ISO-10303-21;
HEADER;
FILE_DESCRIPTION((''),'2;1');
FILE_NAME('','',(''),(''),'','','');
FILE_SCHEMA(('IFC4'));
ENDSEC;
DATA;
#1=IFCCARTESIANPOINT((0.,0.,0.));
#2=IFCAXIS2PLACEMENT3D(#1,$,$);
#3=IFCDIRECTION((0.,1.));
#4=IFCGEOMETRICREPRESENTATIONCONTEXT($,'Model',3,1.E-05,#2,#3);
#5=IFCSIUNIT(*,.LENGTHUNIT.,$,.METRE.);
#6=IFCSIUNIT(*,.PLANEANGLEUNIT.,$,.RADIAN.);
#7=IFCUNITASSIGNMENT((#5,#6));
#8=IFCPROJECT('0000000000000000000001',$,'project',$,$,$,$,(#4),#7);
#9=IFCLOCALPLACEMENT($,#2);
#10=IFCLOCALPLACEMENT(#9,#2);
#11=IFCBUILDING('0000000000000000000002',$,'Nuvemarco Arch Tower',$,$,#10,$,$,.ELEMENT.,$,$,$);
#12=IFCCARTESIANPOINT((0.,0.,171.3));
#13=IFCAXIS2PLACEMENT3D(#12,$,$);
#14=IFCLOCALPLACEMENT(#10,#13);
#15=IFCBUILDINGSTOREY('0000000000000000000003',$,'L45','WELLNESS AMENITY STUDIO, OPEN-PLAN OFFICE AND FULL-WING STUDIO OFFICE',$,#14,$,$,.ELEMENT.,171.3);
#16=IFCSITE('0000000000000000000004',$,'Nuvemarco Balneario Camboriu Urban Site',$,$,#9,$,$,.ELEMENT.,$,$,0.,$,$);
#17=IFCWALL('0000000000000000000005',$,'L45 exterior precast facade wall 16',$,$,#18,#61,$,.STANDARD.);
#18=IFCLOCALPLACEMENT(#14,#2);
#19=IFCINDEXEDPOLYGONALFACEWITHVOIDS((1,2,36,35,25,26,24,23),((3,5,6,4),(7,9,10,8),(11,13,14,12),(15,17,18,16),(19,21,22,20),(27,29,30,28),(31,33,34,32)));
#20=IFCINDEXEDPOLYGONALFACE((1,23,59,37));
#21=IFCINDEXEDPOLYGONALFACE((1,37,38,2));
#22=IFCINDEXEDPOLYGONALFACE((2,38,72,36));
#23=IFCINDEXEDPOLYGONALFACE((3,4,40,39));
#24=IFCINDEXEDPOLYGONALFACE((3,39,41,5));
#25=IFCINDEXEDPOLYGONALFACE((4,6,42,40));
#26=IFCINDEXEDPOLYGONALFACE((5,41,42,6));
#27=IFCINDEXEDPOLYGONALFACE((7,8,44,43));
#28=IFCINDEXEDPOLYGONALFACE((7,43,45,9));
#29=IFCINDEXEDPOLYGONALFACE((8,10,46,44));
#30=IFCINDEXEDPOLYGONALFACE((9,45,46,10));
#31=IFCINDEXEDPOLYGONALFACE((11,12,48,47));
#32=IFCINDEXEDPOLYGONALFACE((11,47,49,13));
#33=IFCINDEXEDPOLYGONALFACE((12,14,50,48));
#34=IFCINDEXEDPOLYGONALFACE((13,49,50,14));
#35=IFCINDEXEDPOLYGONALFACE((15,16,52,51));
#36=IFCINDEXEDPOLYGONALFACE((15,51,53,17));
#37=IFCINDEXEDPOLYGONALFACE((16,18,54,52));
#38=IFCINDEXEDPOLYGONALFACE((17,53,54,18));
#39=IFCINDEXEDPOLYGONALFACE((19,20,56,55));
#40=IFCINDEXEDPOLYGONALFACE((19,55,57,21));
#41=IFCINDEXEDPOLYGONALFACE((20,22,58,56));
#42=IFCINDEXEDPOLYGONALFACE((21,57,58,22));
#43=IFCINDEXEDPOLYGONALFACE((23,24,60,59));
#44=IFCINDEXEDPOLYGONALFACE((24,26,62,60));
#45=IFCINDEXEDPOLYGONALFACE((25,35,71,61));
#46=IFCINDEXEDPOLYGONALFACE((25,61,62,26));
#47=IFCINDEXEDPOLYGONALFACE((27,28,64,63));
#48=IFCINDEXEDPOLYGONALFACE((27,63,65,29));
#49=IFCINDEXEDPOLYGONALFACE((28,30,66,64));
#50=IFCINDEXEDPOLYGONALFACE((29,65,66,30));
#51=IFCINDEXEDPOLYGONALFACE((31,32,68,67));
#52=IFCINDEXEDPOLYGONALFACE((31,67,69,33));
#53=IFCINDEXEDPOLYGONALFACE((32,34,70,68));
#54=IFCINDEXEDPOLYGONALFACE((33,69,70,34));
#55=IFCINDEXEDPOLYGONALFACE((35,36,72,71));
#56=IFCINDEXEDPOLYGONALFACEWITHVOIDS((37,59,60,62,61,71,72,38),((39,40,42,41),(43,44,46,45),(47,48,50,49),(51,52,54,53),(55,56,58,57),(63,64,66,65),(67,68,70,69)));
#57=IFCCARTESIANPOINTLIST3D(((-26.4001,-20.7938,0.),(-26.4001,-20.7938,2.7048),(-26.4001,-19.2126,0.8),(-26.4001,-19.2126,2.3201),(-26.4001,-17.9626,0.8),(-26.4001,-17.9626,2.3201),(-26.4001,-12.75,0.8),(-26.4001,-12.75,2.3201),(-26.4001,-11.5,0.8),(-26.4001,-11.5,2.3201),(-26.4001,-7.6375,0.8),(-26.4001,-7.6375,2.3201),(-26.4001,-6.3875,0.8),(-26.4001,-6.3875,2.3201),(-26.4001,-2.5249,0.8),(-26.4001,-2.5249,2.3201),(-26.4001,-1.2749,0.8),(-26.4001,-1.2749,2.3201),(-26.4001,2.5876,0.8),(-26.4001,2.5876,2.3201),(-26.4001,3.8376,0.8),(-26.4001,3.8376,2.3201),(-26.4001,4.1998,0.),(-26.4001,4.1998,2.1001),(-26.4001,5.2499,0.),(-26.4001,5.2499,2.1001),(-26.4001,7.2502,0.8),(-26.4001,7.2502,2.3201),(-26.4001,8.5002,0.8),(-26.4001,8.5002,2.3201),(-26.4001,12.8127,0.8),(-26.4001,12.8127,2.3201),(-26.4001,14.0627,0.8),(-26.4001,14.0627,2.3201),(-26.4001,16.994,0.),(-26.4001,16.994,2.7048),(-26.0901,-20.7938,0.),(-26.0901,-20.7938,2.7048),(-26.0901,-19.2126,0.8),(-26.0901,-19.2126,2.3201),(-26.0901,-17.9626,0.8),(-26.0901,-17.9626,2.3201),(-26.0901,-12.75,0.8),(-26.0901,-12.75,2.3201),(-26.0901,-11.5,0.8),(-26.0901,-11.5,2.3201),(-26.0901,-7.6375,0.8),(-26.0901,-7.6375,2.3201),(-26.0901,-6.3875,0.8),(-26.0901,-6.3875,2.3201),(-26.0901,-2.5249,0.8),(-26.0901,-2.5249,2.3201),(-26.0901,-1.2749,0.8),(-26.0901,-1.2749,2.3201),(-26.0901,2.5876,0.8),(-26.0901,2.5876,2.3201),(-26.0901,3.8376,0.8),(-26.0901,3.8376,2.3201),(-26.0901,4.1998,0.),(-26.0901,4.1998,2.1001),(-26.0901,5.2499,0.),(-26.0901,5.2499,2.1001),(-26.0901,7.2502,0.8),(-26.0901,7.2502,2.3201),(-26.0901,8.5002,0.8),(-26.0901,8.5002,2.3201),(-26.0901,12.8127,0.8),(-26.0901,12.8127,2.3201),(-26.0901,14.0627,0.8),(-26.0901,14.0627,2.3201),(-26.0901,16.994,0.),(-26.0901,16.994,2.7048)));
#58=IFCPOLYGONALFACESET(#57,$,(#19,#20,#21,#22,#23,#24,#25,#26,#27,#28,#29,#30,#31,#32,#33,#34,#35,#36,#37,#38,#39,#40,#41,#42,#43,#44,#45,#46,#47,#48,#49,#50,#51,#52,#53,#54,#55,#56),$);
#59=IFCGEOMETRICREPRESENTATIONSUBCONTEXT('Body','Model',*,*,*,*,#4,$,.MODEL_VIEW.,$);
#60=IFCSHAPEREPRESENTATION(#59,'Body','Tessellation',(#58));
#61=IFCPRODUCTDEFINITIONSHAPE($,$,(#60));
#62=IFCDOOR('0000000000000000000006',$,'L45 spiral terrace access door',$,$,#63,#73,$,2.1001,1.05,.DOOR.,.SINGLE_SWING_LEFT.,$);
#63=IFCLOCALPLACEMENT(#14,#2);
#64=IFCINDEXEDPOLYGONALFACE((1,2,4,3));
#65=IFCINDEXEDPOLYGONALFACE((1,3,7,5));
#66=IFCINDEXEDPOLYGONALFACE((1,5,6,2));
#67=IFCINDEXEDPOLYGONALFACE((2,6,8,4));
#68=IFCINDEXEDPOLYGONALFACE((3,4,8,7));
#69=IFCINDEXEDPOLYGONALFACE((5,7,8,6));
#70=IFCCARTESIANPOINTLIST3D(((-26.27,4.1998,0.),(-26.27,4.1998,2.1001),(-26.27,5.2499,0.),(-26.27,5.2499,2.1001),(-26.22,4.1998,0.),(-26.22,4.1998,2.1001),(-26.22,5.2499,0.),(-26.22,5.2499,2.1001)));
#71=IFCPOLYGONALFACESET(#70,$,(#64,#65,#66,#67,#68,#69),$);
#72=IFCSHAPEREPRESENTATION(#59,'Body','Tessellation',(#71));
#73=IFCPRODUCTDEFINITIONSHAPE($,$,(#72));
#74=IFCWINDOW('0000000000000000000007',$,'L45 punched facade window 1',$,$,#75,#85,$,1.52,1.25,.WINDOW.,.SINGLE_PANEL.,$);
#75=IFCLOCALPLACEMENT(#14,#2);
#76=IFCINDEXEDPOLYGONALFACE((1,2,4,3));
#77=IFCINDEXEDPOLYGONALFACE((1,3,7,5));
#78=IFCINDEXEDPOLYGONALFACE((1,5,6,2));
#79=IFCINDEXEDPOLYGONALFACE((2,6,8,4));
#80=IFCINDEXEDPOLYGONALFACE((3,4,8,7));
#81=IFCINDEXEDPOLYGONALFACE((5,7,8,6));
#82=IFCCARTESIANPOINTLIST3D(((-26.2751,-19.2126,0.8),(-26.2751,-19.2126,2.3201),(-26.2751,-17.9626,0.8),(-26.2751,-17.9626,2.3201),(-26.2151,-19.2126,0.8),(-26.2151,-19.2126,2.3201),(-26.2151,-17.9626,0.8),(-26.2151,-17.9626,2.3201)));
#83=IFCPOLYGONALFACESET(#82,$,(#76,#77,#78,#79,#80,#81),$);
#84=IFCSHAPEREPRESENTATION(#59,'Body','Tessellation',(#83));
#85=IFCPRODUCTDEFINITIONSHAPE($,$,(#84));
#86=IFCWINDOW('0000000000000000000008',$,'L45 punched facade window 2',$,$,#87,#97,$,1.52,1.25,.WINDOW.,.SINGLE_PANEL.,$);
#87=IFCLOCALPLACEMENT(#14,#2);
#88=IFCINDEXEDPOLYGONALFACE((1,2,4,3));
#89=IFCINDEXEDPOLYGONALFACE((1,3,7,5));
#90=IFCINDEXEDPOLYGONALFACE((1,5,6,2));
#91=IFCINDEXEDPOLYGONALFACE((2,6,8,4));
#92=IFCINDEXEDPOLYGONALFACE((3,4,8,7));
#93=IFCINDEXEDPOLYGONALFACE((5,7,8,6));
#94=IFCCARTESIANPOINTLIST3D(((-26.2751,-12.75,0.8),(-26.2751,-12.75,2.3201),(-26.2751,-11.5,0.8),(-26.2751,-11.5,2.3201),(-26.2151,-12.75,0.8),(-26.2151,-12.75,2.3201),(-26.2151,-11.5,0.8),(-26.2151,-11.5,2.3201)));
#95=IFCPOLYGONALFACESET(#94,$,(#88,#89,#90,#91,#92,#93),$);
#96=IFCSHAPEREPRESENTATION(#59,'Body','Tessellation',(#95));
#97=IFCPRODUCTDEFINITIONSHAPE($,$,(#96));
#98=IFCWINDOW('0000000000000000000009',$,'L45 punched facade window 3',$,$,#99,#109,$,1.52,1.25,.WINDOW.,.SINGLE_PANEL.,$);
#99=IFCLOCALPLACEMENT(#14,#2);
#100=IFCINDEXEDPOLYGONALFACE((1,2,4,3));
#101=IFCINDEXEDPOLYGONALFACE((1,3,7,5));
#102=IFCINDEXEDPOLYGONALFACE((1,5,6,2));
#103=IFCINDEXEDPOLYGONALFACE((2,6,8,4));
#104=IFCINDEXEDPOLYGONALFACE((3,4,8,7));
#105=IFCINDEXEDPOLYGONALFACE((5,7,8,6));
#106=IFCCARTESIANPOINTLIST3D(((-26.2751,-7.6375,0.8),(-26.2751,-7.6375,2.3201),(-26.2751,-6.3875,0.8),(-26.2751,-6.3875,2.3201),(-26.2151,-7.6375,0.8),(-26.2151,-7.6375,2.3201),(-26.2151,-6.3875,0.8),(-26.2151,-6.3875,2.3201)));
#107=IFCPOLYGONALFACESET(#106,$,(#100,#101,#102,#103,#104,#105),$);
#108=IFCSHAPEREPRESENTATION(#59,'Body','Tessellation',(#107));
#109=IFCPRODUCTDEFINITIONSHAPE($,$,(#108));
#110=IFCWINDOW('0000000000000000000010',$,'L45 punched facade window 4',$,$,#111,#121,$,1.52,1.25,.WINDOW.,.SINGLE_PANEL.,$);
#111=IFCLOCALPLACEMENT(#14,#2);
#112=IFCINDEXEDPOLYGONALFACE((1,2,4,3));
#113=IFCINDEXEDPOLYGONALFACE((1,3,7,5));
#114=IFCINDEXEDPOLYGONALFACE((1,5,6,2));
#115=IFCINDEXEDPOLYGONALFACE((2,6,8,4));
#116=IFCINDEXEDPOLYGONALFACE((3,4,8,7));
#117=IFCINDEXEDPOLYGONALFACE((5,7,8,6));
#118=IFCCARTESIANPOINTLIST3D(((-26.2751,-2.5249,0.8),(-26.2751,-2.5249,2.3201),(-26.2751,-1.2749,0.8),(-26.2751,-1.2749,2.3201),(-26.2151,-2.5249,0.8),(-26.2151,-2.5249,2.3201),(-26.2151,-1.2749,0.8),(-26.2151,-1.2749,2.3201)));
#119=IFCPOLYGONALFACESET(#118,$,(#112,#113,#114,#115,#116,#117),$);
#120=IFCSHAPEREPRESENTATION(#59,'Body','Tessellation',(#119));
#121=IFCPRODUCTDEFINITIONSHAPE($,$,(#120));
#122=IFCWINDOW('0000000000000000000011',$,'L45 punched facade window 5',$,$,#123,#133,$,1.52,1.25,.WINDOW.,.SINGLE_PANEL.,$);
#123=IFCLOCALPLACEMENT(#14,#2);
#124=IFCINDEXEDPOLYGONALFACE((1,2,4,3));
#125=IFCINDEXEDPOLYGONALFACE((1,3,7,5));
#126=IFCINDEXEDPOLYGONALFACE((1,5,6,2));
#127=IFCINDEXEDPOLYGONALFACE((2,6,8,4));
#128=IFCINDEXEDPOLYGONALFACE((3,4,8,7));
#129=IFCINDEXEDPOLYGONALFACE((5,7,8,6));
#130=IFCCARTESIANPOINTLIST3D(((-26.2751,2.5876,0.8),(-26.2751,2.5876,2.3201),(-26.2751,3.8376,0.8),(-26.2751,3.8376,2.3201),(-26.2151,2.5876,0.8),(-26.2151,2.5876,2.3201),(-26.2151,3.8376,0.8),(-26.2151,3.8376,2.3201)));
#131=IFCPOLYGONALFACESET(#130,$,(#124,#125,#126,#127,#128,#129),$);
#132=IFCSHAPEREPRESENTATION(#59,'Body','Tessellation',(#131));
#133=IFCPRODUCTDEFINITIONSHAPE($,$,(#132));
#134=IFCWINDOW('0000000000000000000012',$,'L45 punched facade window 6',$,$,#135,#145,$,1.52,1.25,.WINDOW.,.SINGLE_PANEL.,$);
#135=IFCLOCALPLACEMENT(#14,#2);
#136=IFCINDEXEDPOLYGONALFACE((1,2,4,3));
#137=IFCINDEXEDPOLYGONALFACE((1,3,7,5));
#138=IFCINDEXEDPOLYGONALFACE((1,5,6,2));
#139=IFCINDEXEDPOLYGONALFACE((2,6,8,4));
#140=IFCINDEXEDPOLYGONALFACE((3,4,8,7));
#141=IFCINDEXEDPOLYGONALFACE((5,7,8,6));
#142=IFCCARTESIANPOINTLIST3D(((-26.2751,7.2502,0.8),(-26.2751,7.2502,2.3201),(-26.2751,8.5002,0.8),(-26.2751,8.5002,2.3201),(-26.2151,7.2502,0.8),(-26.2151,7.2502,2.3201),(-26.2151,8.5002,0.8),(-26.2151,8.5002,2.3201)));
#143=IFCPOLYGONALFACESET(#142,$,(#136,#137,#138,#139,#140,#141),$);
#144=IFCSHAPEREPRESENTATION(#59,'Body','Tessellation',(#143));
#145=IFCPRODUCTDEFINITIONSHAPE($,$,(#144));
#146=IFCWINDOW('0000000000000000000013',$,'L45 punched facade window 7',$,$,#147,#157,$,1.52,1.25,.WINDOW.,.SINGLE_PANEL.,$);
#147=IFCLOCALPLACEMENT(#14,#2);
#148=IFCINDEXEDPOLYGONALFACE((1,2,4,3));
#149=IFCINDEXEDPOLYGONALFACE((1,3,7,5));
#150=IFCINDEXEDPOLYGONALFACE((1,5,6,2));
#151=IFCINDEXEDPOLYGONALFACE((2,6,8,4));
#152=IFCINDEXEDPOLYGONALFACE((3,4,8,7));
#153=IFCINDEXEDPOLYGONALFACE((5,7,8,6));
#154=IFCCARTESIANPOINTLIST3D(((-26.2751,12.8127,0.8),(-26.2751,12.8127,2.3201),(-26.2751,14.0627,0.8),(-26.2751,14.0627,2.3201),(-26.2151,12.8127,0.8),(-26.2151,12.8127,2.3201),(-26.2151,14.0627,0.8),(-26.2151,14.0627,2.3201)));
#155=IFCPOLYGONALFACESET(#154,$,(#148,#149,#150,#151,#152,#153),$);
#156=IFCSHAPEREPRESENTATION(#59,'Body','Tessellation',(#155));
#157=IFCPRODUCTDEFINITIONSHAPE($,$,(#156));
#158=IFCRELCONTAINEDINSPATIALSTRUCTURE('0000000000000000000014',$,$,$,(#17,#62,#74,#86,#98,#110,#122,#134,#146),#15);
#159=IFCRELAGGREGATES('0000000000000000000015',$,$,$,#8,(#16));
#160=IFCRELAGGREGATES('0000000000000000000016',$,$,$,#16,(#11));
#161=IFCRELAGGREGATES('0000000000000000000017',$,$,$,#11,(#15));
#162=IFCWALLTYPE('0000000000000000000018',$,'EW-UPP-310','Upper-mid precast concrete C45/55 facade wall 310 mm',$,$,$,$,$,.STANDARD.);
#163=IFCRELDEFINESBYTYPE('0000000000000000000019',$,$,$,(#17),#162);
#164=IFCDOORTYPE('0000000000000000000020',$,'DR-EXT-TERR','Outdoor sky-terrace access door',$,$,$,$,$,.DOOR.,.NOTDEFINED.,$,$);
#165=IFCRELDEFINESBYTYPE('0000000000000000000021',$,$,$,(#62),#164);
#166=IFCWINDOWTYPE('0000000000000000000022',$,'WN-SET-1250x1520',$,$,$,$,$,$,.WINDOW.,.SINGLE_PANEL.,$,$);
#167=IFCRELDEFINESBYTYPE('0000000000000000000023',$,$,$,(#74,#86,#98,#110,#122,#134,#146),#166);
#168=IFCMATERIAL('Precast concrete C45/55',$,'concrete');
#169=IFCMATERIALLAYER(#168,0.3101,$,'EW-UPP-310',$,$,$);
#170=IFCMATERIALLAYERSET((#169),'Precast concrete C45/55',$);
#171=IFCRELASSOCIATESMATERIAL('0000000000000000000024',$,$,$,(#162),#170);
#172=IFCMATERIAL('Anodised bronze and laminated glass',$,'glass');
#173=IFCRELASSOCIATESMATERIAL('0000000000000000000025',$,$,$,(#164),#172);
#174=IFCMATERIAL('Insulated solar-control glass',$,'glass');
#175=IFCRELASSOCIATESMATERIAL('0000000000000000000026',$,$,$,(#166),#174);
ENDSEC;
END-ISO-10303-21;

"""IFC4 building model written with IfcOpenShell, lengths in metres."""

from ifc_helpers import new_model, si_unit, direction, frame, frame_2d, origin, place, context, subcontext, project, spatial, rectangle, extrude, source, transform, mapped, material, layer, layer_set, type_object, type_shapes, element, fill, save


model = new_model("IFC4")

# Units and contexts
model_context = context("Model", 3, precision=1e-05, world=origin(), true_north=direction((0.0, 1.0)))
body_context = subcontext(model_context, "Body", "Model", "MODEL_VIEW")
ifc_project = project(units=[si_unit("LENGTHUNIT", "METRE"), si_unit("PLANEANGLEUNIT", "RADIAN")], contexts=[model_context])

# Site, building, storey
site_placement = place(None, origin())
site = spatial("IfcSite", under=ifc_project, at=site_placement, Name="Nuvemarco Balneario Camboriu Urban Site", CompositionType="ELEMENT", RefElevation=0.0)
building_placement = place(site_placement, origin())
building = spatial("IfcBuilding", under=site, at=building_placement, Name="Nuvemarco Arch Tower", CompositionType="ELEMENT")
storey_placement = place(building_placement, frame((0.0, 0.0, 171.3)))
storey = spatial("IfcBuildingStorey", under=building, at=storey_placement, Name="L45", Description="WELLNESS AMENITY STUDIO, OPEN-PLAN OFFICE AND FULL-WING STUDIO OFFICE", CompositionType="ELEMENT", Elevation=171.3)

# Shared definitions
ifc_material_1 = material(Name="Precast concrete C45/55", Category="concrete")
ifc_layer = layer(ifc_material_1, 0.3101, Name="EW-UPP-310")
ifc_layer_set = layer_set([ifc_layer], Name="Precast concrete C45/55")
wall_type = type_object("IfcWallType", Name="EW-UPP-310", Description="Upper-mid precast concrete C45/55 facade wall 310 mm", PredefinedType="STANDARD", material=ifc_layer_set)
ifc_material_2 = material(Name="Insulated solar-control glass", Category="glass")

# Wall, openings, door, windows
wall_1_placement = place(storey_placement, frame((-26.2451, -20.7939, 0.0), z_axis=(0.0, 0.0, 1.0), x_axis=(0.0, 1.0, 0.0)))
wall_1 = element("IfcWall", 1, at=wall_1_placement, inside=storey, type_object=wall_type, Name="L45 exterior precast facade wall 16", PredefinedType="STANDARD", context=body_context, shape_type="SweptSolid", body=[
    extrude(rectangle(XDim=37.7878, YDim=0.3101, at=frame_2d((18.894, 0.0))), origin(), (0.0, 0.0, 1.0), 2.7048),
])
opening_1_placement = place(wall_1_placement, frame((24.9939, 0.0, 0.0)))
opening_1 = element("IfcOpeningElement", 2, at=opening_1_placement, cuts=wall_1, PredefinedType="OPENING", context=body_context, shape_type="SweptSolid", body=[
    extrude(rectangle(XDim=1.05, YDim=2.1001, at=frame_2d((0.5249, 1.05))), frame((0.0, 0.165, 0.0), z_axis=(0.0, -1.0, 0.0), x_axis=(1.0, 0.0, 0.0)), (0.0, 0.0, 1.0), 0.3301),
])
opening_2_placement = place(wall_1_placement, frame((1.5813, 0.0, 0.8)))
opening_2 = element("IfcOpeningElement", 3, at=opening_2_placement, cuts=wall_1, PredefinedType="OPENING", context=body_context, shape_type="SweptSolid", body=[
    extrude(rectangle(XDim=1.25, YDim=1.52, at=frame_2d((0.625, 0.76))), frame((0.0, 0.165, 0.0), z_axis=(0.0, -1.0, 0.0), x_axis=(1.0, 0.0, 0.0)), (0.0, 0.0, 1.0), 0.3301),
])
opening_3_placement = place(wall_1_placement, frame((8.0439, 0.0, 0.8)))
opening_3 = element("IfcOpeningElement", 4, at=opening_3_placement, cuts=wall_1, PredefinedType="OPENING", context=body_context, shape_type="SweptSolid", body=[
    extrude(rectangle(XDim=1.25, YDim=1.52, at=frame_2d((0.625, 0.76))), frame((0.0, 0.165, 0.0), z_axis=(0.0, -1.0, 0.0), x_axis=(1.0, 0.0, 0.0)), (0.0, 0.0, 1.0), 0.3301),
])
opening_4_placement = place(wall_1_placement, frame((13.1565, 0.0, 0.8)))
opening_4 = element("IfcOpeningElement", 5, at=opening_4_placement, cuts=wall_1, PredefinedType="OPENING", context=body_context, shape_type="SweptSolid", body=[
    extrude(rectangle(XDim=1.25, YDim=1.52, at=frame_2d((0.625, 0.76))), frame((0.0, 0.165, 0.0), z_axis=(0.0, -1.0, 0.0), x_axis=(1.0, 0.0, 0.0)), (0.0, 0.0, 1.0), 0.3301),
])
opening_5_placement = place(wall_1_placement, frame((18.269, 0.0, 0.8)))
opening_5 = element("IfcOpeningElement", 6, at=opening_5_placement, cuts=wall_1, PredefinedType="OPENING", context=body_context, shape_type="SweptSolid", body=[
    extrude(rectangle(XDim=1.25, YDim=1.52, at=frame_2d((0.625, 0.76))), frame((0.0, 0.165, 0.0), z_axis=(0.0, -1.0, 0.0), x_axis=(1.0, 0.0, 0.0)), (0.0, 0.0, 1.0), 0.3301),
])
opening_6_placement = place(wall_1_placement, frame((23.3816, 0.0, 0.8)))
opening_6 = element("IfcOpeningElement", 7, at=opening_6_placement, cuts=wall_1, PredefinedType="OPENING", context=body_context, shape_type="SweptSolid", body=[
    extrude(rectangle(XDim=1.25, YDim=1.52, at=frame_2d((0.625, 0.76))), frame((0.0, 0.165, 0.0), z_axis=(0.0, -1.0, 0.0), x_axis=(1.0, 0.0, 0.0)), (0.0, 0.0, 1.0), 0.3301),
])
opening_7_placement = place(wall_1_placement, frame((28.0442, 0.0, 0.8)))
opening_7 = element("IfcOpeningElement", 8, at=opening_7_placement, cuts=wall_1, PredefinedType="OPENING", context=body_context, shape_type="SweptSolid", body=[
    extrude(rectangle(XDim=1.25, YDim=1.52, at=frame_2d((0.625, 0.76))), frame((0.0, 0.165, 0.0), z_axis=(0.0, -1.0, 0.0), x_axis=(1.0, 0.0, 0.0)), (0.0, 0.0, 1.0), 0.3301),
])
opening_8_placement = place(wall_1_placement, frame((33.6067, 0.0, 0.8)))
opening_8 = element("IfcOpeningElement", 9, at=opening_8_placement, cuts=wall_1, PredefinedType="OPENING", context=body_context, shape_type="SweptSolid", body=[
    extrude(rectangle(XDim=1.25, YDim=1.52, at=frame_2d((0.625, 0.76))), frame((0.0, 0.165, 0.0), z_axis=(0.0, -1.0, 0.0), x_axis=(1.0, 0.0, 0.0)), (0.0, 0.0, 1.0), 0.3301),
])
ifc_material_3 = material(Name="Anodised bronze and laminated glass", Category="glass")
door_type = type_object("IfcDoorType", Name="DR-EXT-TERR", Description="Outdoor sky-terrace access door", OperationType="NOTDEFINED", PredefinedType="DOOR", material=ifc_material_3)
shared_shape_1 = source(origin(), body_context, "Body", "SweptSolid", [
    extrude(rectangle(XDim=1.05, YDim=2.1001, at=frame_2d((0.5249, 1.05))), frame((0.0, 0.0249, 0.0), z_axis=(0.0, -1.0, 0.0), x_axis=(1.0, 0.0, 0.0)), (0.0, 0.0, 1.0), 0.05),
])
type_shapes(door_type, [shared_shape_1])
door_placement = place(opening_1_placement, origin())
door = element("IfcDoor", 10, at=door_placement, inside=storey, type_object=door_type, Name="L45 spiral terrace access door", OperationType="SINGLE_SWING_LEFT", OverallHeight=2.1001, OverallWidth=1.05, PredefinedType="DOOR", context=body_context, shape_type="MappedRepresentation", body=[
    mapped(shared_shape_1, transform((0.0, 0.0, 0.0), scale=1.0)),
])
fill(opening_1, door)
window_type_1 = type_object("IfcWindowType", Name="WN-SET-1250x1520", PartitioningType="SINGLE_PANEL", PredefinedType="WINDOW", material=ifc_material_2)
shared_shape_2 = source(origin(), body_context, "Body", "SweptSolid", [
    extrude(rectangle(XDim=1.25, YDim=1.52, at=frame_2d((0.625, 0.76))), frame((0.0, 0.03, 0.0), z_axis=(0.0, -1.0, 0.0), x_axis=(1.0, 0.0, 0.0)), (0.0, 0.0, 1.0), 0.0601),
])
type_shapes(window_type_1, [shared_shape_2])
window_1_placement = place(opening_2_placement, origin())
window_1 = element("IfcWindow", 11, at=window_1_placement, inside=storey, type_object=window_type_1, Name="L45 punched facade window 1", OverallHeight=1.52, OverallWidth=1.25, PartitioningType="SINGLE_PANEL", PredefinedType="WINDOW", context=body_context, shape_type="MappedRepresentation", body=[
    mapped(shared_shape_2, transform((0.0, 0.0, 0.0), scale=1.0)),
])
fill(opening_2, window_1)
window_2_placement = place(opening_3_placement, origin())
window_2 = element("IfcWindow", 12, at=window_2_placement, inside=storey, type_object=window_type_1, Name="L45 punched facade window 2", OverallHeight=1.52, OverallWidth=1.25, PartitioningType="SINGLE_PANEL", PredefinedType="WINDOW", context=body_context, shape_type="MappedRepresentation", body=[
    mapped(shared_shape_2, transform((0.0, 0.0, 0.0), scale=1.0)),
])
fill(opening_3, window_2)
window_3_placement = place(opening_4_placement, origin())
window_3 = element("IfcWindow", 13, at=window_3_placement, inside=storey, type_object=window_type_1, Name="L45 punched facade window 3", OverallHeight=1.52, OverallWidth=1.25, PartitioningType="SINGLE_PANEL", PredefinedType="WINDOW", context=body_context, shape_type="MappedRepresentation", body=[
    mapped(shared_shape_2, transform((0.0, 0.0, 0.0), scale=1.0)),
])
fill(opening_4, window_3)
window_4_placement = place(opening_5_placement, origin())
window_4 = element("IfcWindow", 14, at=window_4_placement, inside=storey, type_object=window_type_1, Name="L45 punched facade window 4", OverallHeight=1.52, OverallWidth=1.25, PartitioningType="SINGLE_PANEL", PredefinedType="WINDOW", context=body_context, shape_type="MappedRepresentation", body=[
    mapped(shared_shape_2, transform((0.0, 0.0, 0.0), scale=1.0)),
])
fill(opening_5, window_4)
window_5_placement = place(opening_6_placement, origin())
window_5 = element("IfcWindow", 15, at=window_5_placement, inside=storey, type_object=window_type_1, Name="L45 punched facade window 5", OverallHeight=1.52, OverallWidth=1.25, PartitioningType="SINGLE_PANEL", PredefinedType="WINDOW", context=body_context, shape_type="MappedRepresentation", body=[
    mapped(shared_shape_2, transform((0.0, 0.0, 0.0), scale=1.0)),
])
fill(opening_6, window_5)
window_6_placement = place(opening_7_placement, origin())
window_6 = element("IfcWindow", 16, at=window_6_placement, inside=storey, type_object=window_type_1, Name="L45 punched facade window 6", OverallHeight=1.52, OverallWidth=1.25, PartitioningType="SINGLE_PANEL", PredefinedType="WINDOW", context=body_context, shape_type="MappedRepresentation", body=[
    mapped(shared_shape_2, transform((0.0, 0.0, 0.0), scale=1.0)),
])
fill(opening_7, window_6)
window_7_placement = place(opening_8_placement, origin())
window_7 = element("IfcWindow", 17, at=window_7_placement, inside=storey, type_object=window_type_1, Name="L45 punched facade window 7", OverallHeight=1.52, OverallWidth=1.25, PartitioningType="SINGLE_PANEL", PredefinedType="WINDOW", context=body_context, shape_type="MappedRepresentation", body=[
    mapped(shared_shape_2, transform((0.0, 0.0, 0.0), scale=1.0)),
])
fill(opening_8, window_7)

save(model, "model.ifc")
